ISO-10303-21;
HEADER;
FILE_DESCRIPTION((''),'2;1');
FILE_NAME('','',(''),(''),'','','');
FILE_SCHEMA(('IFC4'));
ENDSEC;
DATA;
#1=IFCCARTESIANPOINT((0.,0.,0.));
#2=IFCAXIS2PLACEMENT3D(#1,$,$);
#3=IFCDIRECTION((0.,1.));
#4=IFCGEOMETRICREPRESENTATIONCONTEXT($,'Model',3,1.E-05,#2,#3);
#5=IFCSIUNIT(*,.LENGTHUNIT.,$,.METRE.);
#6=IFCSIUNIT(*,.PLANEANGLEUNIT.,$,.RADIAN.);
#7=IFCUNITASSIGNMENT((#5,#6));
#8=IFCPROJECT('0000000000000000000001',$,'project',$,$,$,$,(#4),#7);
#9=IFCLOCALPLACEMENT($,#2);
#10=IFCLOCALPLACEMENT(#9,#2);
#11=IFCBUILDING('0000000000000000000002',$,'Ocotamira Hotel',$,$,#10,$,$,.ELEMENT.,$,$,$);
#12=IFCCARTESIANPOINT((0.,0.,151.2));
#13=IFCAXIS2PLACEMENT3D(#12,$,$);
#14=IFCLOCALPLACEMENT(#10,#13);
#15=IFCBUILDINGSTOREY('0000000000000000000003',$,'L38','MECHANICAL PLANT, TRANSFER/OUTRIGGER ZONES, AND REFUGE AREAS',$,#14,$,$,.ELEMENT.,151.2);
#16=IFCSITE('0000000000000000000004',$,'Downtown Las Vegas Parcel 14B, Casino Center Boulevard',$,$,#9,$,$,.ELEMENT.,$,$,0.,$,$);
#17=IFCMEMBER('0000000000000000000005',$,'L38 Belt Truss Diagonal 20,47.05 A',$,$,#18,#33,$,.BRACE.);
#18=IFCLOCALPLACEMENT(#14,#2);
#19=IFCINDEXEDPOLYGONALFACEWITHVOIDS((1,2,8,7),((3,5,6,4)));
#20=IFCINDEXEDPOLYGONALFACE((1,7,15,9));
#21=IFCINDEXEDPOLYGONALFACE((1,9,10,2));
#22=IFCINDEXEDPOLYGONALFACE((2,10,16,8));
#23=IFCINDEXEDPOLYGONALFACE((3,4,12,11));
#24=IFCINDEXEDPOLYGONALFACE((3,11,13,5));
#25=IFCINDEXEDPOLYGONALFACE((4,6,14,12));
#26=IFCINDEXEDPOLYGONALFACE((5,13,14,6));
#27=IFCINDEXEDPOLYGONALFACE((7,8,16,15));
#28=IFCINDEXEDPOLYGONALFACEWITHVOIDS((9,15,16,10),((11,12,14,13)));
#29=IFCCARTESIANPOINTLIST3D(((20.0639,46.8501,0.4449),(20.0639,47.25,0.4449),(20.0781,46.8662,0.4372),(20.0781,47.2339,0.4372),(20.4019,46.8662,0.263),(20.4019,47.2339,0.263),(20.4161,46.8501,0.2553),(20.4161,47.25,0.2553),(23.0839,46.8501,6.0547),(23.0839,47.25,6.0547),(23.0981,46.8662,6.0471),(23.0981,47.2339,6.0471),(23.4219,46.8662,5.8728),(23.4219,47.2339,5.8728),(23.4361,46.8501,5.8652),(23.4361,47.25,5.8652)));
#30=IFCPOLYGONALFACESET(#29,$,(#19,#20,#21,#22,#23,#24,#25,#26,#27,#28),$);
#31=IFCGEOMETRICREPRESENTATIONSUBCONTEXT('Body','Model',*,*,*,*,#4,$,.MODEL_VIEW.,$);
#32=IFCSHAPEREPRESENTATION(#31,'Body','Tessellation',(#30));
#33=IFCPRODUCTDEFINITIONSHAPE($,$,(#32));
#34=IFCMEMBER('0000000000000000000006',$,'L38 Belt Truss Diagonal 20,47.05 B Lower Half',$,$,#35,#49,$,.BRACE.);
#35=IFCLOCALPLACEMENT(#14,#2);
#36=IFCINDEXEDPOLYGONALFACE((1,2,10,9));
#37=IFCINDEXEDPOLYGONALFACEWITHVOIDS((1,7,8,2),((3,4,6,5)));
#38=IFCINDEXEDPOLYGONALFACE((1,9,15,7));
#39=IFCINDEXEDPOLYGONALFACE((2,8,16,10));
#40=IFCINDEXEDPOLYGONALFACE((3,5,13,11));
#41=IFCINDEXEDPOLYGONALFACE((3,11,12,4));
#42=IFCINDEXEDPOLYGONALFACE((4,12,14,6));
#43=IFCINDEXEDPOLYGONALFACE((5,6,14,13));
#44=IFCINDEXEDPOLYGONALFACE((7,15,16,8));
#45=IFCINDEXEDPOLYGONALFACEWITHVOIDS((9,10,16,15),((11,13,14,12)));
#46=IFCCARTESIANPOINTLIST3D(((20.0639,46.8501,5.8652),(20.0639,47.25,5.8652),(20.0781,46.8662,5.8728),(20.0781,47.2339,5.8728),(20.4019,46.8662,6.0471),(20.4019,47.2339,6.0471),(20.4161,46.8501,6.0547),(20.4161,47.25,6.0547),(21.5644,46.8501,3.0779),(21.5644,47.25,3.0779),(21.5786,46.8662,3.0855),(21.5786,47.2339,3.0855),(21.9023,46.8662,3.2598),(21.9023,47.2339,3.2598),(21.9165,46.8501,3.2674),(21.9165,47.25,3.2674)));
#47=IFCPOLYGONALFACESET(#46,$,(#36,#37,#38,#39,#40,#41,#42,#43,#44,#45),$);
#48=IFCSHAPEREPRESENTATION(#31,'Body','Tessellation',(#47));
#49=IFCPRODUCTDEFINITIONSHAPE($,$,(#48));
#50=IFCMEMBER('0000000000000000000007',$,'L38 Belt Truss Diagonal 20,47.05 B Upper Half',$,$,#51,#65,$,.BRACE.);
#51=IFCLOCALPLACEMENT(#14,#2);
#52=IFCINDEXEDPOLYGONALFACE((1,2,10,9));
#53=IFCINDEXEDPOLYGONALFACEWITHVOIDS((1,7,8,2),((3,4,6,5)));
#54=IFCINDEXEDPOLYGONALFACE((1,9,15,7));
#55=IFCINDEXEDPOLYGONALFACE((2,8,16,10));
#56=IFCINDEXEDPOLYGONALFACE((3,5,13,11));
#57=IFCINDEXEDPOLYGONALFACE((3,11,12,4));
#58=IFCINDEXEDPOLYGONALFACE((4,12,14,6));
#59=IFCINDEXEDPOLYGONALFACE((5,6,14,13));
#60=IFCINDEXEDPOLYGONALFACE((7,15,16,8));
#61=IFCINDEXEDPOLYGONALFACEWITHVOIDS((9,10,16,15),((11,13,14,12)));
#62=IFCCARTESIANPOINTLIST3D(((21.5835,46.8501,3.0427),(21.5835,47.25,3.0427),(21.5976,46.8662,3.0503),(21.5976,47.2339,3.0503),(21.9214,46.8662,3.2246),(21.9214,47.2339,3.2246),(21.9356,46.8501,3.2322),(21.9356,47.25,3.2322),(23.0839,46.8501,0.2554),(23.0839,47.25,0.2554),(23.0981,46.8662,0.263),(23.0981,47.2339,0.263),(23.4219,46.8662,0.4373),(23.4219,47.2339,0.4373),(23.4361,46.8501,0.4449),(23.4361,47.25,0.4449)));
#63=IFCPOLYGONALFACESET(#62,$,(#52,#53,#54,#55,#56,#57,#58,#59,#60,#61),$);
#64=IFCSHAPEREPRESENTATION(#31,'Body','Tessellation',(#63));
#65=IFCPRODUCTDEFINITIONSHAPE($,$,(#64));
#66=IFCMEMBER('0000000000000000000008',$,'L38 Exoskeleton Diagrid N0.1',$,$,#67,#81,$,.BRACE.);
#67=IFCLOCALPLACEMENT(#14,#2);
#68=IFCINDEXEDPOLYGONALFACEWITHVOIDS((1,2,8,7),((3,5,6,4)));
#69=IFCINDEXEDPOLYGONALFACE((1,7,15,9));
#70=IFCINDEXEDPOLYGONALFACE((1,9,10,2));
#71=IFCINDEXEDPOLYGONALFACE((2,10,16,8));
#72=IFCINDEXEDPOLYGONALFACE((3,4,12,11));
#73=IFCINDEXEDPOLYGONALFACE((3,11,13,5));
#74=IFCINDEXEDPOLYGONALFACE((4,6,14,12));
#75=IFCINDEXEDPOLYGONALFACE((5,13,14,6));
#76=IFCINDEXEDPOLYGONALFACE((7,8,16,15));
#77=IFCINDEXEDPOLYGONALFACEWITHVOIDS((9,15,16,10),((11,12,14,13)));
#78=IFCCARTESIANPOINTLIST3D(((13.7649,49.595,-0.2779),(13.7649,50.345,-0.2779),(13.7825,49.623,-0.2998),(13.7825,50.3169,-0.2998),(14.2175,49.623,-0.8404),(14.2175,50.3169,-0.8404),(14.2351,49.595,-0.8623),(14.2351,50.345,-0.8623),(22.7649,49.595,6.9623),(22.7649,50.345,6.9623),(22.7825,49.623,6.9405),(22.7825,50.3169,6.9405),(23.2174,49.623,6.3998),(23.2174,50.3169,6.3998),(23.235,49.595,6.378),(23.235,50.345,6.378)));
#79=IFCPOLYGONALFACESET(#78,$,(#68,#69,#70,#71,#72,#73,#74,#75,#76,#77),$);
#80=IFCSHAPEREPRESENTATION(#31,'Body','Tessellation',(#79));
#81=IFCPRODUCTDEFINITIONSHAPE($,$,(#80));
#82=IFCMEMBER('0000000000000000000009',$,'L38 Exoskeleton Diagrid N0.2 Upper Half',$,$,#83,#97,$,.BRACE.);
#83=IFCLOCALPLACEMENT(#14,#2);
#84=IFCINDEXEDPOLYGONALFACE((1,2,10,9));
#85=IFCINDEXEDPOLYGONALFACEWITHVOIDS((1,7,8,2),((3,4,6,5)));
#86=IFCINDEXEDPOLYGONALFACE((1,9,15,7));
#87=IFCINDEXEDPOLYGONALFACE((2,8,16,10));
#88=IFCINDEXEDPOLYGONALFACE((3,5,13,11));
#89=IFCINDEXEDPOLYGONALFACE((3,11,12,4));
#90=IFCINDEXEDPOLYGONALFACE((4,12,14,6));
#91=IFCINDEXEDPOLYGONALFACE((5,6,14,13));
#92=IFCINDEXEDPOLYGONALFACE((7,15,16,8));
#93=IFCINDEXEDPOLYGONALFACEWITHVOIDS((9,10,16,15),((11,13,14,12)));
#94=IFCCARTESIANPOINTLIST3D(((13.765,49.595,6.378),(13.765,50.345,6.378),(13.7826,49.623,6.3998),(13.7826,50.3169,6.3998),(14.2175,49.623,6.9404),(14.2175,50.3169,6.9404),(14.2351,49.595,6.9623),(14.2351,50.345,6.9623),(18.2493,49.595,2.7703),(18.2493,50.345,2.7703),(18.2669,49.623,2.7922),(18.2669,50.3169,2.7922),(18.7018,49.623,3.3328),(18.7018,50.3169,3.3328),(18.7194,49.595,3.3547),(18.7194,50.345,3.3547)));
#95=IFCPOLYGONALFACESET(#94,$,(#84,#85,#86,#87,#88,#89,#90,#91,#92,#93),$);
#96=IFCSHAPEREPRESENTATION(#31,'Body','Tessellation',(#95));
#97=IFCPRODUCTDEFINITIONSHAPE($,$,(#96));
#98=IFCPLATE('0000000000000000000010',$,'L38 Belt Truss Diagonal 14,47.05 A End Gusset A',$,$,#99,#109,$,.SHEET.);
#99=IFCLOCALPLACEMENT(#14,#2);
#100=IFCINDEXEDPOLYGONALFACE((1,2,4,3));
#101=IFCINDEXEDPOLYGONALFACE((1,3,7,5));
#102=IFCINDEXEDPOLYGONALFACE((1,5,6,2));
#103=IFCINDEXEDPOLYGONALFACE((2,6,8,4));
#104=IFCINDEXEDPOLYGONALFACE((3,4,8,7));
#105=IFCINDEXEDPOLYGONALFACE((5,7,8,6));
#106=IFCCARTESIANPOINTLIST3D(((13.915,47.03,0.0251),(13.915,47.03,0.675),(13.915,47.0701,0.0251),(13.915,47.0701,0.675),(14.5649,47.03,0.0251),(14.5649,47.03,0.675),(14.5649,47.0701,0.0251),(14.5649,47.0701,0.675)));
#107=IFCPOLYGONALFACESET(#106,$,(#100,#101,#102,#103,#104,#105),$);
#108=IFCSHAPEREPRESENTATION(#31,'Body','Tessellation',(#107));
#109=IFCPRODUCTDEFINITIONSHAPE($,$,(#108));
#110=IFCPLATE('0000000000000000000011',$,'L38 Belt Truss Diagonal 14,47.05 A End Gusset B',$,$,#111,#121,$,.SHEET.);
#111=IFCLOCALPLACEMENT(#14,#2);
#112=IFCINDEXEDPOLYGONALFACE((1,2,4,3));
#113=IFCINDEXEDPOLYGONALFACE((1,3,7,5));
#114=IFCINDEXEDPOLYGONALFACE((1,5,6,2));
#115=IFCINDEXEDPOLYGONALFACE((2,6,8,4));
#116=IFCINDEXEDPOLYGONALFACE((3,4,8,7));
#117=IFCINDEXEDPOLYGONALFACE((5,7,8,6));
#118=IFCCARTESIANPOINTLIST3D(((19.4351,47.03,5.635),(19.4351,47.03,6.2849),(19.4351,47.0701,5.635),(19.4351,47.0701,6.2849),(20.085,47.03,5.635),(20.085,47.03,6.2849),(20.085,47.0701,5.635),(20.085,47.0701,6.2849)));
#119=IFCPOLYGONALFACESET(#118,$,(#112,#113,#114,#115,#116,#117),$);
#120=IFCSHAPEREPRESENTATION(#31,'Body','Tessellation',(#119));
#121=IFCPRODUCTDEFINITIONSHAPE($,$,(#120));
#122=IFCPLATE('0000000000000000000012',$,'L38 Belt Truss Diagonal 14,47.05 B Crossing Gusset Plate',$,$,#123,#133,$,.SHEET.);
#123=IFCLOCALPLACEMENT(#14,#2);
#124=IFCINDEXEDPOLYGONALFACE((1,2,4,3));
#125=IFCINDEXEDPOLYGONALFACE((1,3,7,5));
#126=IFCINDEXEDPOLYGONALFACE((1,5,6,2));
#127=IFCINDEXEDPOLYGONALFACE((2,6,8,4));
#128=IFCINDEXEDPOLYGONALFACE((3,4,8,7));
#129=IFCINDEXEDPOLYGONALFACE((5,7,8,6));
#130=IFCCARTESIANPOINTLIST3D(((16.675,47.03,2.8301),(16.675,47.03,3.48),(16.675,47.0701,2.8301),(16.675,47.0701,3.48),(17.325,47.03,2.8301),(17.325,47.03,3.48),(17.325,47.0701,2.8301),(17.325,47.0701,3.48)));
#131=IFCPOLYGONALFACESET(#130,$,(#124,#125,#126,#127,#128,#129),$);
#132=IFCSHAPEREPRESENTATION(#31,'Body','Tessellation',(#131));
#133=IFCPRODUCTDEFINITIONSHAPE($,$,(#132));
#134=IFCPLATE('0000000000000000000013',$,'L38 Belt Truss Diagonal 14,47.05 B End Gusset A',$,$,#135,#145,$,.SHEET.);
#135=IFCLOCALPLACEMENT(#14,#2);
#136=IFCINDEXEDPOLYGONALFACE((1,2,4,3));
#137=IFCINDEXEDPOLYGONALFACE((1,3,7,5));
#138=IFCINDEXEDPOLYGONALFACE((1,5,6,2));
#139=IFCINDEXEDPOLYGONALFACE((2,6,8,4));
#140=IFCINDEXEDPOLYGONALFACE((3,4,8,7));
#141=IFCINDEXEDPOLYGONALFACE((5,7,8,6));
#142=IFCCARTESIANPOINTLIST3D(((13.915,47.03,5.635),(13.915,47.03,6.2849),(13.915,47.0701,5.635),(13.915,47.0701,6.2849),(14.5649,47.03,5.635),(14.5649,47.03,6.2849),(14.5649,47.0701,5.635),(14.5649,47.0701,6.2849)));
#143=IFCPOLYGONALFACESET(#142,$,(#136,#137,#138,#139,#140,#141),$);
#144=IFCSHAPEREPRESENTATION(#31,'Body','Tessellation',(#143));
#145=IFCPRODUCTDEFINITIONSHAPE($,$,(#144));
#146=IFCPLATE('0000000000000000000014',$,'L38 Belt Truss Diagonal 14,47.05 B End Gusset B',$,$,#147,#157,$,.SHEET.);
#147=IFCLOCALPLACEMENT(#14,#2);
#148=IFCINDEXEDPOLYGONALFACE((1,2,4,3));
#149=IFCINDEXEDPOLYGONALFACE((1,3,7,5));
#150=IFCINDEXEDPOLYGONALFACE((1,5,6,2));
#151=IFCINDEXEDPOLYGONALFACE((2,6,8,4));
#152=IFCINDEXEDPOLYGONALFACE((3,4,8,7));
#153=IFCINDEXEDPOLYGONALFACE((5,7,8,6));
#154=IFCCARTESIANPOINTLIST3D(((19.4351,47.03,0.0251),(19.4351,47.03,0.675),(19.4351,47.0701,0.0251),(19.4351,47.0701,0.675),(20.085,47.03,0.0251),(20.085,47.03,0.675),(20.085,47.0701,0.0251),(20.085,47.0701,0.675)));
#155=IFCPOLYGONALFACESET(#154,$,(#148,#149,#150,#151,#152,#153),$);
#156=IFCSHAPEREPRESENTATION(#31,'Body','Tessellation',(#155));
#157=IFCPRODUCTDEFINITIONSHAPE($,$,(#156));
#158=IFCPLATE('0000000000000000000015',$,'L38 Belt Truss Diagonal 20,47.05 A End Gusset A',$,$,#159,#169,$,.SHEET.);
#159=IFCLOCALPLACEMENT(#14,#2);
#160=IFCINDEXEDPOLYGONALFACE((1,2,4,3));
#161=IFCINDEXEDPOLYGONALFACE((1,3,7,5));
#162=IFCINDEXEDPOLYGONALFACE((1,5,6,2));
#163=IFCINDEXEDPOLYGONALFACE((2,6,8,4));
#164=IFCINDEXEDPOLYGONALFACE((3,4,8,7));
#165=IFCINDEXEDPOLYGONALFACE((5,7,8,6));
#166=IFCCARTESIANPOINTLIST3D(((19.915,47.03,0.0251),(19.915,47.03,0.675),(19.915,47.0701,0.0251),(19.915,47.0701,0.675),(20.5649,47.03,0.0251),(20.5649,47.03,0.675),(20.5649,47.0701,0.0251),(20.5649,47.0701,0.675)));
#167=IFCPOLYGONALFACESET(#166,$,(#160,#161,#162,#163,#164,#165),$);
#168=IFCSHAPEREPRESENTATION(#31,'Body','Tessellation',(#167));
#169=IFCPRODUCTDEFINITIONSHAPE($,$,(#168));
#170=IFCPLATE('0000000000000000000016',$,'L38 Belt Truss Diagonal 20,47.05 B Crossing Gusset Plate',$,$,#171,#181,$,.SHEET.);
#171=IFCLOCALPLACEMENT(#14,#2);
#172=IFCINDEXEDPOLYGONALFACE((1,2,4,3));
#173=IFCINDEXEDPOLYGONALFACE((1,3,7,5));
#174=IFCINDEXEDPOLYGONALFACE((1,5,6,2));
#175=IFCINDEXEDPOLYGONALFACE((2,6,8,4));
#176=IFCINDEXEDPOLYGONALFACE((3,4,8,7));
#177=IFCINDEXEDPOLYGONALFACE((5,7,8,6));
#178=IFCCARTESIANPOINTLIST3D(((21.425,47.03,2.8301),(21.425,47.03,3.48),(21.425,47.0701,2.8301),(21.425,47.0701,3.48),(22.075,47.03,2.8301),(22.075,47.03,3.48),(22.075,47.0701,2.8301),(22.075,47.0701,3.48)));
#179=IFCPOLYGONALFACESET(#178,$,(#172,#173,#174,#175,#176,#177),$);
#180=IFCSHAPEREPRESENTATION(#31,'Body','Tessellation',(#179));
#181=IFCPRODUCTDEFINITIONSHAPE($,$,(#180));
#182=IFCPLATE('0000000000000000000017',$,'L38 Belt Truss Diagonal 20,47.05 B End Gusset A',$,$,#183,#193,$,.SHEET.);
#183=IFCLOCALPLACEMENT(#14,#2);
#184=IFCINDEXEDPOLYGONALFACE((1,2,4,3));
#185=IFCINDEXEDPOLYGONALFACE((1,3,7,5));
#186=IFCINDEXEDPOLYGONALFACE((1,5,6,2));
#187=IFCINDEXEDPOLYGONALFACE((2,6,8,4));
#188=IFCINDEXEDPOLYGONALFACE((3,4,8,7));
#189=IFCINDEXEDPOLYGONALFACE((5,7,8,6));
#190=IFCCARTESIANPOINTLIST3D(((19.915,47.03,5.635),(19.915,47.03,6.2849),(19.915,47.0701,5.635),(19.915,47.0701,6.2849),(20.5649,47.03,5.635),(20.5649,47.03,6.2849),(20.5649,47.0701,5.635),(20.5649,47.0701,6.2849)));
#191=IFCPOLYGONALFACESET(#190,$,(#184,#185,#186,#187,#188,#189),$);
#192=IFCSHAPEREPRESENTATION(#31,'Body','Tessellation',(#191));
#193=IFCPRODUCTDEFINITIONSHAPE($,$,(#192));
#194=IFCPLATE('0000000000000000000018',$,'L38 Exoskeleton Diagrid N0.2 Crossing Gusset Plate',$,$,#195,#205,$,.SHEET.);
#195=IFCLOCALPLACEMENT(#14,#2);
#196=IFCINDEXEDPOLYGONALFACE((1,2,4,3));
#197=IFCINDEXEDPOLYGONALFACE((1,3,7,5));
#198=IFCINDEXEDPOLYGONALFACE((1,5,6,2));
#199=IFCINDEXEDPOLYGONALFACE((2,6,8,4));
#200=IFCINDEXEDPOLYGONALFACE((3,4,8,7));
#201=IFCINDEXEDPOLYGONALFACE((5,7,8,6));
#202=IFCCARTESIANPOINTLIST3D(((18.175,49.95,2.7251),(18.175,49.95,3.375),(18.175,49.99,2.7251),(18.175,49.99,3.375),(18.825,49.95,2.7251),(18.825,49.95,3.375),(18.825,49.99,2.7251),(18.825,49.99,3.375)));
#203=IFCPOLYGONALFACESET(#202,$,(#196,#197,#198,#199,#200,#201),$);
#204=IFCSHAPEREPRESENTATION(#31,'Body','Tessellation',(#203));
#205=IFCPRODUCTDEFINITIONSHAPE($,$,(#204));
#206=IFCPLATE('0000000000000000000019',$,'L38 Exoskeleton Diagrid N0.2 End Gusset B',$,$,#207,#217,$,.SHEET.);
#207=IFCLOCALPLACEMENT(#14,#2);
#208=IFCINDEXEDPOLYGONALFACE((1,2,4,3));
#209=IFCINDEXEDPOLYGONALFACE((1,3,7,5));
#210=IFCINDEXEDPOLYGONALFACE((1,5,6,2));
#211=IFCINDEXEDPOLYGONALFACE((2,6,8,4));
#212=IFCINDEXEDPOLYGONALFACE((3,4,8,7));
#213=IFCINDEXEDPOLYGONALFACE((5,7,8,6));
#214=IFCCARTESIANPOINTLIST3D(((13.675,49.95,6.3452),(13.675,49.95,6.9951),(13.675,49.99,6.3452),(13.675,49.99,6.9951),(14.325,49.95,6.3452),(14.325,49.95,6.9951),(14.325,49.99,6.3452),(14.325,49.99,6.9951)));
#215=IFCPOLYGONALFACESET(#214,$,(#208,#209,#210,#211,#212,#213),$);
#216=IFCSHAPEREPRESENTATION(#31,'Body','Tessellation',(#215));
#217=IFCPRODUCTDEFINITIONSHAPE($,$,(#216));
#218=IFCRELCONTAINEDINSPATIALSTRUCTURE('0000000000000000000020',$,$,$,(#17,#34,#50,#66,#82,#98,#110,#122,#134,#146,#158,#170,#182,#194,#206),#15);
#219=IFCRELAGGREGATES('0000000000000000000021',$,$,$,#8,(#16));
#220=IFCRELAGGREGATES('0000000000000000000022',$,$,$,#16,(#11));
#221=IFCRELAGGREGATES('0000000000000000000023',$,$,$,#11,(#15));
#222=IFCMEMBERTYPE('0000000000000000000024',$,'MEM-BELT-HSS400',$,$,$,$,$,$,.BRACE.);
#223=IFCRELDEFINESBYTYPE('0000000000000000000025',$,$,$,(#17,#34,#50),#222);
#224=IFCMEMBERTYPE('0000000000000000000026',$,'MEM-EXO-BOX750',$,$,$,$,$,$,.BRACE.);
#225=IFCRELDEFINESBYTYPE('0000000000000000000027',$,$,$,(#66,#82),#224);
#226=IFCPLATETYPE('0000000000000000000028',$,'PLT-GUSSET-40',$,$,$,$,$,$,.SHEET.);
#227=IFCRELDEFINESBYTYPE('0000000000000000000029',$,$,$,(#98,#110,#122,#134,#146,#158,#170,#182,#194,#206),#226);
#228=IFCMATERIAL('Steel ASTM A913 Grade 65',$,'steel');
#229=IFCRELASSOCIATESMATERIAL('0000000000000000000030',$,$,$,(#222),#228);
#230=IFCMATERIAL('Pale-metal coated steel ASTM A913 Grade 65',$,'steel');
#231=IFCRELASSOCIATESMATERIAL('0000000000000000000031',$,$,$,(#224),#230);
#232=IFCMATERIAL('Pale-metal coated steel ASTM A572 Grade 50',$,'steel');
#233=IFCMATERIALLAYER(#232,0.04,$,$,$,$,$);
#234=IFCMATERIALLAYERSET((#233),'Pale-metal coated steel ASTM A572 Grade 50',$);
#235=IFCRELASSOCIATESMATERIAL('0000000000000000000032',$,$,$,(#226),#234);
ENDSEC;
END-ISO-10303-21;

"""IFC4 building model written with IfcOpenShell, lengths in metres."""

from ifc_helpers import new_model, si_unit, direction, frame, origin, origin_2d, place, context, subcontext, project, spatial, rectangle, hollow_rectangle, extrude, source, transform, mapped, material, layer, layer_set, material_profile, profile_set, type_object, element, save


model = new_model("IFC4")

# Units and contexts
model_context = context("Model", 3, precision=1e-05, world=origin(), true_north=direction((0.0, 1.0)))
body_context = subcontext(model_context, "Body", "Model", "MODEL_VIEW")
ifc_project = project(units=[si_unit("LENGTHUNIT", "METRE"), si_unit("PLANEANGLEUNIT", "RADIAN")], contexts=[model_context])

# Site, building, storey
site_placement = place(None, origin())
site = spatial("IfcSite", under=ifc_project, at=site_placement, Name="Downtown Las Vegas Parcel 14B, Casino Center Boulevard", CompositionType="ELEMENT", RefElevation=0.0)
building_placement = place(site_placement, origin())
building = spatial("IfcBuilding", under=site, at=building_placement, Name="Ocotamira Hotel", CompositionType="ELEMENT")
storey_placement = place(building_placement, frame((0.0, 0.0, 151.2)))
storey = spatial("IfcBuildingStorey", under=building, at=storey_placement, Name="L38", Description="MECHANICAL PLANT, TRANSFER/OUTRIGGER ZONES, AND REFUGE AREAS", CompositionType="ELEMENT", Elevation=151.2)

# Shared definitions
ifc_material_1 = material(Name="Steel ASTM A913 Grade 65", Category="steel")

# Members
ifc_material_profile_1 = material_profile(ifc_material_1, hollow_rectangle(XDim=0.3999, YDim=0.3999, WallThickness=0.0161, at=origin_2d()), Name="HSS400X400X16")
ifc_profile_set_1 = profile_set([ifc_material_profile_1], Name="Steel ASTM A913 Grade 65")
member_type_1 = type_object("IfcMemberType", Name="MEM-BELT-HSS400", PredefinedType="BRACE", material=ifc_profile_set_1)
shared_shape_1 = source(origin(), body_context, "Body", "SweptSolid", [
    extrude(hollow_rectangle(XDim=0.3999, YDim=0.3999, WallThickness=0.0161, at=origin_2d()), origin(), (0.0, 0.0, 1.0), 6.3711),
])
member_1_placement = place(storey_placement, frame((20.24, 47.05, 0.3501), z_axis=(0.474018, 0.0, 0.880515), x_axis=(0.0, 1.0, 0.0)))
element("IfcMember", 1, at=member_1_placement, inside=storey, type_object=member_type_1, Name="L38 Belt Truss Diagonal 20,47.05 A", PredefinedType="BRACE", context=body_context, shape_type="MappedRepresentation", body=[
    mapped(shared_shape_1, transform((0.0, 0.0, 0.0), scale=1.0)),
])
shared_shape_2 = source(origin(), body_context, "Body", "SweptSolid", [
    extrude(hollow_rectangle(XDim=0.3999, YDim=0.3999, WallThickness=0.0161, at=origin_2d()), origin(), (0.0, 0.0, 1.0), 3.1655),
])
for number, where, z_axis, x_axis, name in (
    (2, (20.24, 47.05, 5.96), (0.474003, 0.0, -0.880523), (0.0, 1.0, 0.0), "L38 Belt Truss Diagonal 20,47.05 B Lower Half"),
    (3, (21.7595, 47.05, 3.1375), (0.474003, 0.0, -0.880523), (0.0, 1.0, 0.0), "L38 Belt Truss Diagonal 20,47.05 B Upper Half"),
):
    element("IfcMember", number, at=place(storey_placement, frame(where, z_axis=z_axis, x_axis=x_axis)), inside=storey, type_object=member_type_1, Name=name, PredefinedType="BRACE", context=body_context, shape_type="MappedRepresentation", body=[
        mapped(shared_shape_2, transform((0.0, 0.0, 0.0), scale=1.0)),
    ])
ifc_material_2 = material(Name="Pale-metal coated steel ASTM A913 Grade 65", Category="steel")
ifc_material_profile_2 = material_profile(ifc_material_2, hollow_rectangle(XDim=0.75, YDim=0.75, WallThickness=0.0281, at=origin_2d()), Name="BOX750X750X28")
ifc_profile_set_2 = profile_set([ifc_material_profile_2], Name="Pale-metal coated steel ASTM A913 Grade 65")
member_type_2 = type_object("IfcMemberType", Name="MEM-EXO-BOX750", PredefinedType="BRACE", material=ifc_profile_set_2)
shared_shape_3 = source(origin(), body_context, "Body", "SweptSolid", [
    extrude(hollow_rectangle(XDim=0.75, YDim=0.75, WallThickness=0.0281, at=origin_2d()), origin(), (0.0, 0.0, 1.0), 11.5508),
])
member_2_placement = place(storey_placement, frame((14.0, 49.97, -0.5701), z_axis=(0.779167, 0.0, 0.626817), x_axis=(0.0, 1.0, 0.0)))
element("IfcMember", 4, at=member_2_placement, inside=storey, type_object=member_type_2, Name="L38 Exoskeleton Diagrid N0.1", PredefinedType="BRACE", context=body_context, shape_type="MappedRepresentation", body=[
    mapped(shared_shape_3, transform((0.0, 0.0, 0.0), scale=1.0)),
])
shared_shape_4 = source(origin(), body_context, "Body", "SweptSolid", [
    extrude(hollow_rectangle(XDim=0.75, YDim=0.75, WallThickness=0.0281, at=origin_2d()), origin(), (0.0, 0.0, 1.0), 5.7554),
])
member_3_placement = place(storey_placement, frame((18.4844, 49.97, 3.0625), z_axis=(-0.779157, 0.0, 0.626829), x_axis=(0.0, -1.0, 0.0)))
element("IfcMember", 5, at=member_3_placement, inside=storey, type_object=member_type_2, Name="L38 Exoskeleton Diagrid N0.2 Upper Half", PredefinedType="BRACE", context=body_context, shape_type="MappedRepresentation", body=[
    mapped(shared_shape_4, transform((0.0, 0.0, 0.0), scale=1.0)),
])

# Plates
ifc_material_3 = material(Name="Pale-metal coated steel ASTM A572 Grade 50", Category="steel")
ifc_layer = layer(ifc_material_3, 0.04)
ifc_layer_set = layer_set([ifc_layer], Name="Pale-metal coated steel ASTM A572 Grade 50")
plate_type = type_object("IfcPlateType", Name="PLT-GUSSET-40", PredefinedType="SHEET", material=ifc_layer_set)
shared_shape_5 = source(origin(), body_context, "Body", "SweptSolid", [
    extrude(rectangle(XDim=0.6499, YDim=0.04, at=origin_2d()), origin(), (0.0, 0.0, 1.0), 0.6499),
])
for number, where, z_axis, x_axis, name in (
    (6, (14.24, 47.05, 0.0251), (0.0, 0.0, 1.0), (1.0, 0.0, 0.0), "L38 Belt Truss Diagonal 14,47.05 A End Gusset A"),
    (7, (19.76, 47.05, 5.635), (0.0, 0.0, 1.0), (1.0, 0.0, 0.0), "L38 Belt Truss Diagonal 14,47.05 A End Gusset B"),
    (8, (17.0, 47.05, 2.8301), (0.0, 0.0, 1.0), (1.0, 0.0, 0.0), "L38 Belt Truss Diagonal 14,47.05 B Crossing Gusset Plate"),
    (9, (14.24, 47.05, 5.635), (0.0, 0.0, 1.0), (1.0, 0.0, 0.0), "L38 Belt Truss Diagonal 14,47.05 B End Gusset A"),
    (10, (19.76, 47.05, 0.0251), (0.0, 0.0, 1.0), (1.0, 0.0, 0.0), "L38 Belt Truss Diagonal 14,47.05 B End Gusset B"),
    (11, (20.24, 47.05, 0.0251), (0.0, 0.0, 1.0), (1.0, 0.0, 0.0), "L38 Belt Truss Diagonal 20,47.05 A End Gusset A"),
    (12, (21.75, 47.05, 2.8301), (0.0, 0.0, 1.0), (1.0, 0.0, 0.0), "L38 Belt Truss Diagonal 20,47.05 B Crossing Gusset Plate"),
    (13, (20.24, 47.05, 5.635), (0.0, 0.0, 1.0), (1.0, 0.0, 0.0), "L38 Belt Truss Diagonal 20,47.05 B End Gusset A"),
    (14, (18.5, 49.97, 2.7251), (0.0, 0.0, 1.0), (-1.0, 0.0, 0.0), "L38 Exoskeleton Diagrid N0.2 Crossing Gusset Plate"),
    (15, (14.0, 49.97, 6.3452), (0.0, 0.0, 1.0), (-1.0, 0.0, 0.0), "L38 Exoskeleton Diagrid N0.2 End Gusset B"),
):
    element("IfcPlate", number, at=place(storey_placement, frame(where, z_axis=z_axis, x_axis=x_axis)), inside=storey, type_object=plate_type, Name=name, PredefinedType="SHEET", context=body_context, shape_type="MappedRepresentation", body=[
        mapped(shared_shape_5, transform((0.0, 0.0, 0.0), scale=1.0)),
    ])

save(model, "model.ifc")
